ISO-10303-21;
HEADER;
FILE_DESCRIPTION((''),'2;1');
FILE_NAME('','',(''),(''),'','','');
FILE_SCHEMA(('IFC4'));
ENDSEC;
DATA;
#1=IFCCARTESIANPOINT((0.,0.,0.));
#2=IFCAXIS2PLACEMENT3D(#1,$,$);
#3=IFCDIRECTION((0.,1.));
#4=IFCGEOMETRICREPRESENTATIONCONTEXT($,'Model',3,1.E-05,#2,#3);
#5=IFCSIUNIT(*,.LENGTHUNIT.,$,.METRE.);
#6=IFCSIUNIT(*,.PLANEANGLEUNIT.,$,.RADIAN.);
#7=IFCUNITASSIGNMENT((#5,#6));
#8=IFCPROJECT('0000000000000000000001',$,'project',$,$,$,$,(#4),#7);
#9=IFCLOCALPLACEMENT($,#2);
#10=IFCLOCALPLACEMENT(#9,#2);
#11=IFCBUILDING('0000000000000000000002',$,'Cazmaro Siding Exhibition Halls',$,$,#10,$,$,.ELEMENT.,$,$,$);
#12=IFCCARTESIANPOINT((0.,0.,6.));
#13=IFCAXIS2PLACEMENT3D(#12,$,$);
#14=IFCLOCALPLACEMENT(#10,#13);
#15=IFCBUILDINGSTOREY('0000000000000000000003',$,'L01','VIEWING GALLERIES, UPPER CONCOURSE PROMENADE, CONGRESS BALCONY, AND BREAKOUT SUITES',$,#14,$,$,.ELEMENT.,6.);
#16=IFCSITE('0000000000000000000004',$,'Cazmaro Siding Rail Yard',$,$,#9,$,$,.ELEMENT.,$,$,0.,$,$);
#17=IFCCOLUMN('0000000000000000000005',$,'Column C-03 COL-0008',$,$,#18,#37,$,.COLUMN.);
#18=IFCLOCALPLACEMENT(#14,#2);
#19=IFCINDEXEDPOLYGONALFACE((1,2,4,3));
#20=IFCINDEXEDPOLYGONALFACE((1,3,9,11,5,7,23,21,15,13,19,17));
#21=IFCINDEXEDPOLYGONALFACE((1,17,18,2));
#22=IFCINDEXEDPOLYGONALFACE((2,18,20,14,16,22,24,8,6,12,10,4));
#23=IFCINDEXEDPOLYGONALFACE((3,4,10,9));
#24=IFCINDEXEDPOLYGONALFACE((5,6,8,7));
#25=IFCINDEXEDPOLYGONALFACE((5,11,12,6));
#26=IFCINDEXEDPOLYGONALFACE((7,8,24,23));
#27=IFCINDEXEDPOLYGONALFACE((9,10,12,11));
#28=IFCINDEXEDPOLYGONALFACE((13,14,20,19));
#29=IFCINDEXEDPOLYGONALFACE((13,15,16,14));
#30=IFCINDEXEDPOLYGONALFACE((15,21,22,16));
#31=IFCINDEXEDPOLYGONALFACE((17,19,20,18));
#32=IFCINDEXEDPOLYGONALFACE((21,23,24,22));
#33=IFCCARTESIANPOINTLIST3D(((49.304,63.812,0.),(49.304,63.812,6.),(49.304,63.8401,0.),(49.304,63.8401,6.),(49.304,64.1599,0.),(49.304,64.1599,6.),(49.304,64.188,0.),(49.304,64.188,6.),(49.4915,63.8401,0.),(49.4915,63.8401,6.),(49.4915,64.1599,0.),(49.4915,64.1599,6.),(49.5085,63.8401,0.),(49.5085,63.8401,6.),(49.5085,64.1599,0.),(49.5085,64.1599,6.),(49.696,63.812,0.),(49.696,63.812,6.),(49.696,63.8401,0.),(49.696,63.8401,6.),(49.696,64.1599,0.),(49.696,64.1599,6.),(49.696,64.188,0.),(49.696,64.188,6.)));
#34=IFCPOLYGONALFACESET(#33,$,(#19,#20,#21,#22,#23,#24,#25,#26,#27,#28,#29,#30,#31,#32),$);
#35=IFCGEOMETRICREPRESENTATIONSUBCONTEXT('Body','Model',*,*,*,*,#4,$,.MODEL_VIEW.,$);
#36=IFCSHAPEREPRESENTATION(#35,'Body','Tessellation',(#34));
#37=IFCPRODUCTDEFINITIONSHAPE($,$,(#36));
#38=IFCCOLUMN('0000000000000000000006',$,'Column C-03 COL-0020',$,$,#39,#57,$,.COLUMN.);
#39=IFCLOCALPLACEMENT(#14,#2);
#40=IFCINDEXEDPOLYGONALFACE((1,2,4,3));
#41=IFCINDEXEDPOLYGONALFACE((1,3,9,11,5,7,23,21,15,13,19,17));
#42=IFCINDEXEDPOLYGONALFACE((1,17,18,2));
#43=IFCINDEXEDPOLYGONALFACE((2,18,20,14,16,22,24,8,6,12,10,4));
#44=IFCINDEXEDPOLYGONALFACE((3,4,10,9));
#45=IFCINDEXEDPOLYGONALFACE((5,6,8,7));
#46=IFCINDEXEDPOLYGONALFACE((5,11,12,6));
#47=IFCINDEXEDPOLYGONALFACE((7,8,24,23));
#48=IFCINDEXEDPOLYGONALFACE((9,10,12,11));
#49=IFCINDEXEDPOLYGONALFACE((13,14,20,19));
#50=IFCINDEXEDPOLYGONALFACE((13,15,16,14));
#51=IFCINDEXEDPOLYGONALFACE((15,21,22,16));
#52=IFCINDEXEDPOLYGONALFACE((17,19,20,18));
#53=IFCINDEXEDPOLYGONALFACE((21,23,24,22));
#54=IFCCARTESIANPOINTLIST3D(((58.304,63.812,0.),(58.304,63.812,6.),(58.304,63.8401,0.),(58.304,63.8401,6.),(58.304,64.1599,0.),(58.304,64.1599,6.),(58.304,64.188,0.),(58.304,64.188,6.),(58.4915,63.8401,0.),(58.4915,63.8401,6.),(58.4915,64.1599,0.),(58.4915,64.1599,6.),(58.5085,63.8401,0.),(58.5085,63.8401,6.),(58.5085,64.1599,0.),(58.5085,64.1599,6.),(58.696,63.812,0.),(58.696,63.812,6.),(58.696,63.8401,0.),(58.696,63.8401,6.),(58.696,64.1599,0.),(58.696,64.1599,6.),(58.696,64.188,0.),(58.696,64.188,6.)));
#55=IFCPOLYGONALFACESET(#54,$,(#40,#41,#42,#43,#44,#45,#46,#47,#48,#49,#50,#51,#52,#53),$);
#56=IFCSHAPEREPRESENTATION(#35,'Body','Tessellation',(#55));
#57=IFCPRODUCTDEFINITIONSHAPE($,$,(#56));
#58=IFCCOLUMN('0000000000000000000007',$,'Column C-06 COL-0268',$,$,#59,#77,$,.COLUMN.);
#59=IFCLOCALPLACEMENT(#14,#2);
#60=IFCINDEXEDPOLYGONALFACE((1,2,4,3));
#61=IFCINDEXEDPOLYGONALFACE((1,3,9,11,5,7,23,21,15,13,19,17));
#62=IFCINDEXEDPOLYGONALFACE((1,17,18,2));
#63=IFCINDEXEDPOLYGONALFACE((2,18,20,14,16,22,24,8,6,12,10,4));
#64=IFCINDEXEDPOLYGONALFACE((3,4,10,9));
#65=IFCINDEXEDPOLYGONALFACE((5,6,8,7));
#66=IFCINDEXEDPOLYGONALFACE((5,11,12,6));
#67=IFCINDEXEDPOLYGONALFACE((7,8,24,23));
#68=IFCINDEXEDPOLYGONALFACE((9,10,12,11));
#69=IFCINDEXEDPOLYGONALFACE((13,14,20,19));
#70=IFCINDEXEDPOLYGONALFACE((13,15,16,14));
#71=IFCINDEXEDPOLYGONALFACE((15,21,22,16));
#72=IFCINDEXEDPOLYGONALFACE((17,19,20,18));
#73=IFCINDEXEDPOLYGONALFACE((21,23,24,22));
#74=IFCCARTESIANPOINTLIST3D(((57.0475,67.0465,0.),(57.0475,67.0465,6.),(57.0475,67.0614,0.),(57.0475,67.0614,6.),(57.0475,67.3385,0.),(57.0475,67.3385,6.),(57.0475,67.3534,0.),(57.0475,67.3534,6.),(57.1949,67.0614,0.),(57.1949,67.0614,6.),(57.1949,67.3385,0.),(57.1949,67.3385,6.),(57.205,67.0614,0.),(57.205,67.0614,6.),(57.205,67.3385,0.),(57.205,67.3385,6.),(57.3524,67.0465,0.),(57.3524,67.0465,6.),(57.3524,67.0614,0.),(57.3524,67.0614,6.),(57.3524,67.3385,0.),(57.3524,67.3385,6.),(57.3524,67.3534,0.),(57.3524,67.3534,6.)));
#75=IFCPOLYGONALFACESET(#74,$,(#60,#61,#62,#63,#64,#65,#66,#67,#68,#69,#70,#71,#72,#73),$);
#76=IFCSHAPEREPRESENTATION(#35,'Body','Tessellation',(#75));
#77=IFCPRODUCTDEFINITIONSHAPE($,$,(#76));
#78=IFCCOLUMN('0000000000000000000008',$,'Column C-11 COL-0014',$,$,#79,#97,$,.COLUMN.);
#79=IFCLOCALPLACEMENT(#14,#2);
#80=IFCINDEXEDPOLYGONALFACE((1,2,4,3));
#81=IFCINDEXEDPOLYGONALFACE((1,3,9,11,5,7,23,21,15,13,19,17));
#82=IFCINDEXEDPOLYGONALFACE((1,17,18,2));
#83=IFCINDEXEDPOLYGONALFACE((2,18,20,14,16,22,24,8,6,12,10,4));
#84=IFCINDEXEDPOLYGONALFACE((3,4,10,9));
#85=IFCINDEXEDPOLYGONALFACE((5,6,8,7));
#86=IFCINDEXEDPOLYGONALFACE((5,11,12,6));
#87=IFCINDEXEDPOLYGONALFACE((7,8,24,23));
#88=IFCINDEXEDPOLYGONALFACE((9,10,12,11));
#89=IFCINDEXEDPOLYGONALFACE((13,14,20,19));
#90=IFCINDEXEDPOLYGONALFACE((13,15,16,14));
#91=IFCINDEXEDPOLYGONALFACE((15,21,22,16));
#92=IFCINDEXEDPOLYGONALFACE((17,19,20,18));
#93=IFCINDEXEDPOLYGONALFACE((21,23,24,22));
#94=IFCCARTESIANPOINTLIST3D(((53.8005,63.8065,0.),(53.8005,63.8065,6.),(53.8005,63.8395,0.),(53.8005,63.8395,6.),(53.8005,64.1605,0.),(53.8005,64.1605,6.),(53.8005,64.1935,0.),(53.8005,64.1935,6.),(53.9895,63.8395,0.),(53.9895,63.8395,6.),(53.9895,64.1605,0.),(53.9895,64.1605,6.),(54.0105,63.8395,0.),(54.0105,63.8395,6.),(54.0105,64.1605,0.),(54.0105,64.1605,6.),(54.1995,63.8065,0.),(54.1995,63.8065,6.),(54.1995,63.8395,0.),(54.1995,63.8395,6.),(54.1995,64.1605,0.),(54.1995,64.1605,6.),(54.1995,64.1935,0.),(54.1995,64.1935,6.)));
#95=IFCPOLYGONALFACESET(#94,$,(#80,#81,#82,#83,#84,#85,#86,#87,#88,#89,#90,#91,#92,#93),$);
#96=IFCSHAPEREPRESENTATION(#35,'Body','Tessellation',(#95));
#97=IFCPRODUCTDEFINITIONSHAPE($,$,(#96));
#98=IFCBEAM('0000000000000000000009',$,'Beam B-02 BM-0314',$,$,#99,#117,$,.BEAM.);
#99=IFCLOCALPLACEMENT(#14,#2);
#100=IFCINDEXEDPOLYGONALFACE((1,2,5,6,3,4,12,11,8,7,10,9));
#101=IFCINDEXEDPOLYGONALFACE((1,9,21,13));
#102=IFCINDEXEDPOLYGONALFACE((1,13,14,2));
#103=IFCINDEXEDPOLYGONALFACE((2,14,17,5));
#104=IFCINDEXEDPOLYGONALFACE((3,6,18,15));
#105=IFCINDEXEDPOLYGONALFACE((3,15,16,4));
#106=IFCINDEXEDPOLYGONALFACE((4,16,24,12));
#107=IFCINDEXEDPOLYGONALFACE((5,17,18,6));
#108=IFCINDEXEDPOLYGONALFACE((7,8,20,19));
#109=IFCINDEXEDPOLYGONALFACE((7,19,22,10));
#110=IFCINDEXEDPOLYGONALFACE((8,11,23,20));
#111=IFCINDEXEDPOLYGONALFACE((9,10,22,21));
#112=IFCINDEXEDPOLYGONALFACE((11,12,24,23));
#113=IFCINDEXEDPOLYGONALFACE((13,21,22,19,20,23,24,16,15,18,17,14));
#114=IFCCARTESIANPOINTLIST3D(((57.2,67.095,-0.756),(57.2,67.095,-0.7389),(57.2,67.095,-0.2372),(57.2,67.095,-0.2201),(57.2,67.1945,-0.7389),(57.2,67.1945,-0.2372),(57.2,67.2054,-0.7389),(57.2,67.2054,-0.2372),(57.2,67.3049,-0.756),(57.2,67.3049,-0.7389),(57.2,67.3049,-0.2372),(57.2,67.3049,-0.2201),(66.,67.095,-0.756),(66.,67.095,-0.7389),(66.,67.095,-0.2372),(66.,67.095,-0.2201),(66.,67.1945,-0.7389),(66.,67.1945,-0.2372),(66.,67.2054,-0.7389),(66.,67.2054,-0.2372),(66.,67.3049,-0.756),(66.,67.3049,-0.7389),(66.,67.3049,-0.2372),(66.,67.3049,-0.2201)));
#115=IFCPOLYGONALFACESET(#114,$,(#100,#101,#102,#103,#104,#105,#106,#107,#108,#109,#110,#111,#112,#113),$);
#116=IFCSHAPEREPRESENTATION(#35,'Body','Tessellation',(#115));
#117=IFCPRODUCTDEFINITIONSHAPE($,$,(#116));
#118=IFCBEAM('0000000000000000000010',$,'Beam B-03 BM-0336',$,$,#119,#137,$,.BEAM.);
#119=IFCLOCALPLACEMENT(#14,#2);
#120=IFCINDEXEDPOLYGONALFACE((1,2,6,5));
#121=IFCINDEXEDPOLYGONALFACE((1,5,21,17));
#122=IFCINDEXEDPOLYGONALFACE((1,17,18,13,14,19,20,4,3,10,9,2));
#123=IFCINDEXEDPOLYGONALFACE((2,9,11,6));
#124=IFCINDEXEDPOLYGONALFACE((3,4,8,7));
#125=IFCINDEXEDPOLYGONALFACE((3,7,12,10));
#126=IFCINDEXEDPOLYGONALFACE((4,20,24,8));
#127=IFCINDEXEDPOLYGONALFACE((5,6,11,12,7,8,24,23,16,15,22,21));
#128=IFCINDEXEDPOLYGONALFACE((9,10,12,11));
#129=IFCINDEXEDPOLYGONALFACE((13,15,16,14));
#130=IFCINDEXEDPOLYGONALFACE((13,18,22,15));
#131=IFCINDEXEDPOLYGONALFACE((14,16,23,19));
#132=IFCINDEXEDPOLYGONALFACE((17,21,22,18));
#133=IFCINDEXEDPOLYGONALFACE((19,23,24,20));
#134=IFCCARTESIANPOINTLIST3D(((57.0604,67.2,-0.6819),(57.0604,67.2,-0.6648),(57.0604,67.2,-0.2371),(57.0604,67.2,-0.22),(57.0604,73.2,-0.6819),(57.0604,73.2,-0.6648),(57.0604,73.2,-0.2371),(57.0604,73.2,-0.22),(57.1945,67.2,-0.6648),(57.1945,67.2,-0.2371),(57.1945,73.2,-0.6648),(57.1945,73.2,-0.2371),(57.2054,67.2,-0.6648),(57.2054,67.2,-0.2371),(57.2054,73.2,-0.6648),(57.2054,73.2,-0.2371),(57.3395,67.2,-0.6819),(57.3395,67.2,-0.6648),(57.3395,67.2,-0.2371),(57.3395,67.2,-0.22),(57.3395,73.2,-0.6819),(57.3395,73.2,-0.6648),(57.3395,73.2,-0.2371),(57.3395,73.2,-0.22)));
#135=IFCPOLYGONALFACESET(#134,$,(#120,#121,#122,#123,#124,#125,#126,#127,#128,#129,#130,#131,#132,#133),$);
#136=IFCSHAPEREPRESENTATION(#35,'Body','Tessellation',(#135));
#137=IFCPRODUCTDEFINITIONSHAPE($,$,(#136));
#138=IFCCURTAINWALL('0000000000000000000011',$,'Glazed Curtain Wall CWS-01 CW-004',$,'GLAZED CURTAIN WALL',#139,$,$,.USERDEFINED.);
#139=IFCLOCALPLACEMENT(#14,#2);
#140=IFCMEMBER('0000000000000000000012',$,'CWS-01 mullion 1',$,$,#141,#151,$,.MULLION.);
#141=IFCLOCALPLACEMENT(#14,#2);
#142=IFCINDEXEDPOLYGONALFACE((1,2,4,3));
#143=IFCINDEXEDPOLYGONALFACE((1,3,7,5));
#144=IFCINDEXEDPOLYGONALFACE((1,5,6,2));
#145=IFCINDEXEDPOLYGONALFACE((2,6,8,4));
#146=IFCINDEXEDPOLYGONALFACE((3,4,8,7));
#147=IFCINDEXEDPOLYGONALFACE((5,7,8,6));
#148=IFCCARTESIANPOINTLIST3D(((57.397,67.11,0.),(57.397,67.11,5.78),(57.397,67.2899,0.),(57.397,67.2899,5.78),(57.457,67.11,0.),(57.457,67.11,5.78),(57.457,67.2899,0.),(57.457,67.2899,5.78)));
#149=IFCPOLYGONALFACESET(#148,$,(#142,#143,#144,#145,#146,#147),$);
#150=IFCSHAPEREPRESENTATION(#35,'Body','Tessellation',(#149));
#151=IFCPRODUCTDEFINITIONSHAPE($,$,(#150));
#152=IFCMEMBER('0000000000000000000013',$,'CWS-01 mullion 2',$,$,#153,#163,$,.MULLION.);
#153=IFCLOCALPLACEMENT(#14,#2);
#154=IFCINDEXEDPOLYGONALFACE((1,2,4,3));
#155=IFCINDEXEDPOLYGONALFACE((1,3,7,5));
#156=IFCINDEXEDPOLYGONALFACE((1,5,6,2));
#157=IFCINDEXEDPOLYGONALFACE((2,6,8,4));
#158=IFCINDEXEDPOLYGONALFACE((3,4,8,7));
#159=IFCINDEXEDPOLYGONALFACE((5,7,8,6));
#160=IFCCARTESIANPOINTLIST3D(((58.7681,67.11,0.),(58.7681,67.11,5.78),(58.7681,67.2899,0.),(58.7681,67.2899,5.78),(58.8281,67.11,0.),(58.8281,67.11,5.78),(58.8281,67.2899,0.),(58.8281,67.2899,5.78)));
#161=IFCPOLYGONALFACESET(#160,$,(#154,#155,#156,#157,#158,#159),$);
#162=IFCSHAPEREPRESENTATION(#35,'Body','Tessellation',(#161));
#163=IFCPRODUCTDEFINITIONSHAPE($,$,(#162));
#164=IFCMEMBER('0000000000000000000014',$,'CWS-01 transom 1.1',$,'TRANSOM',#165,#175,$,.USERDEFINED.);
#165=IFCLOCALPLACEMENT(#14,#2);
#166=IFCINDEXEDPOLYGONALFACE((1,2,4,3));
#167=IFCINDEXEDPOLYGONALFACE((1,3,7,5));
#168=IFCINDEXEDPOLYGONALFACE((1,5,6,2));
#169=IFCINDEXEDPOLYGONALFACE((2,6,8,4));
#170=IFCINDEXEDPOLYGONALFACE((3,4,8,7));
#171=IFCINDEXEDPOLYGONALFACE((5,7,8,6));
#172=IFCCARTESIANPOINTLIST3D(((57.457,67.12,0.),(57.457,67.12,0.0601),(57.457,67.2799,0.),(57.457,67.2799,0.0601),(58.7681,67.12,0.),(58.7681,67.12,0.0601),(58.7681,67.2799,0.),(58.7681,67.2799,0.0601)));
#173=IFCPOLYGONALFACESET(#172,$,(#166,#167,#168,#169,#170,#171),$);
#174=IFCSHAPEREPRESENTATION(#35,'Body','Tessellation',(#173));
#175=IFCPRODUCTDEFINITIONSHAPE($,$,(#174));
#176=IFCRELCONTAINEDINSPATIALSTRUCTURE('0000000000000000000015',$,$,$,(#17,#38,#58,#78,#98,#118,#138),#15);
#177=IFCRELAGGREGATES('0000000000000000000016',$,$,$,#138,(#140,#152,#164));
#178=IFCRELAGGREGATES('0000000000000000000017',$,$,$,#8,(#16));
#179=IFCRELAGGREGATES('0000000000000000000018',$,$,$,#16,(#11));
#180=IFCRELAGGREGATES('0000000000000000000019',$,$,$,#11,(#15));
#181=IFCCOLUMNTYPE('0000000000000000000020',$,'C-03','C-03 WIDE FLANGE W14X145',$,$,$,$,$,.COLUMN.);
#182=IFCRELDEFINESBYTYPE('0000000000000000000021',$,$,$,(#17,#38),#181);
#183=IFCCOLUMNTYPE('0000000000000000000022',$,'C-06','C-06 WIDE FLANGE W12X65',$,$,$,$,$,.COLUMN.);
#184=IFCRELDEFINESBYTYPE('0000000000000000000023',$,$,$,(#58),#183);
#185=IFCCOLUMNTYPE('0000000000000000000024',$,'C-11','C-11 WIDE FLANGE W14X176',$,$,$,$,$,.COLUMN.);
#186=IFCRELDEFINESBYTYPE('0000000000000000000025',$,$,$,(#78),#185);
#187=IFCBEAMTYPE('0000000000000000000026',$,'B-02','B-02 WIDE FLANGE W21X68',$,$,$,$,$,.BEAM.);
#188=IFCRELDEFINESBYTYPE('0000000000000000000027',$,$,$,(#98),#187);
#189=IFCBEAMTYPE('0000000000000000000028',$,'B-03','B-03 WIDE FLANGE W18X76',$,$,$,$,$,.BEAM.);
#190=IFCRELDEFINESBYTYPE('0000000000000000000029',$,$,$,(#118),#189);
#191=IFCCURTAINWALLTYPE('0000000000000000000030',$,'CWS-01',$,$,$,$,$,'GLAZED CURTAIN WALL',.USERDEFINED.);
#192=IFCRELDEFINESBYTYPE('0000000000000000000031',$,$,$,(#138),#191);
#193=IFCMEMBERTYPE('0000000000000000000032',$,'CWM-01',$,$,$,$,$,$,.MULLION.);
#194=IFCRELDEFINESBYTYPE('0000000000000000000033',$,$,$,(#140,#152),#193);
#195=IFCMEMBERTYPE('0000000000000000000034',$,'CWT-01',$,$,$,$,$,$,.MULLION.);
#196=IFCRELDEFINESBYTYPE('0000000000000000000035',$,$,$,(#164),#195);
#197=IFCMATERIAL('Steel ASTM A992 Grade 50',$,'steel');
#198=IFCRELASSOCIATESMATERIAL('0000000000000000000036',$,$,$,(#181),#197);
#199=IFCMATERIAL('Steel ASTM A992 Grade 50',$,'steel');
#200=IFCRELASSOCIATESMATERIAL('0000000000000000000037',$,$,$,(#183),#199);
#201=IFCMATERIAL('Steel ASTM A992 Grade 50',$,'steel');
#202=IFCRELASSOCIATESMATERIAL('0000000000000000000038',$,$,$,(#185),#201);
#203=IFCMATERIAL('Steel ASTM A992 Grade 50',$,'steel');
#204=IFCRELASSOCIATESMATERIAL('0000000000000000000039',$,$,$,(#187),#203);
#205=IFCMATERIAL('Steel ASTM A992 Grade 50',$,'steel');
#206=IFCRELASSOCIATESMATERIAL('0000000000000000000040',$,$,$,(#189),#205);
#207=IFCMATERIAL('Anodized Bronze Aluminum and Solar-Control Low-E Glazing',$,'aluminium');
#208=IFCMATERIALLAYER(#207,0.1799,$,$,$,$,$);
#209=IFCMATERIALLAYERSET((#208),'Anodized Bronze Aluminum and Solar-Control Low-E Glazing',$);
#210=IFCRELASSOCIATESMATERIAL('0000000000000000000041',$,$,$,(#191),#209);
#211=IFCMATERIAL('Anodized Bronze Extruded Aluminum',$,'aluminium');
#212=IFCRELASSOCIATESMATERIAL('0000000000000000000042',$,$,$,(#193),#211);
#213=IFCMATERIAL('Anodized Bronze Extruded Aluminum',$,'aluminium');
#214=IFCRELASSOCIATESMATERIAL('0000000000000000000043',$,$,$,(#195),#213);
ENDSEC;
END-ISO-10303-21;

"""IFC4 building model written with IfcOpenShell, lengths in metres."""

from ifc_helpers import new_model, si_unit, direction, frame, origin, origin_2d, place, context, subcontext, project, spatial, rectangle, i_section, extrude, material, layer, layer_set, material_profile, profile_set, type_object, element, aggregate, save


model = new_model("IFC4")

# Units and contexts
model_context = context("Model", 3, precision=1e-05, world=origin(), true_north=direction((0.0, 1.0)))
body_context = subcontext(model_context, "Body", "Model", "MODEL_VIEW")
ifc_project = project(units=[si_unit("LENGTHUNIT", "METRE"), si_unit("PLANEANGLEUNIT", "RADIAN")], contexts=[model_context])

# Site, building, storey
site_placement = place(None, origin())
site = spatial("IfcSite", under=ifc_project, at=site_placement, Name="Cazmaro Siding Rail Yard", CompositionType="ELEMENT", RefElevation=0.0)
building_placement = place(site_placement, origin())
building = spatial("IfcBuilding", under=site, at=building_placement, Name="Cazmaro Siding Exhibition Halls", CompositionType="ELEMENT")
storey_placement = place(building_placement, frame((0.0, 0.0, 6.0)))
storey = spatial("IfcBuildingStorey", under=building, at=storey_placement, Name="L01", Description="VIEWING GALLERIES, UPPER CONCOURSE PROMENADE, CONGRESS BALCONY, AND BREAKOUT SUITES", CompositionType="ELEMENT", Elevation=6.0)

# Columns
ifc_material_1 = material(Name="Steel ASTM A992 Grade 50", Category="steel")
ifc_material_profile_1 = material_profile(ifc_material_1, i_section(OverallWidth=0.3921, OverallDepth=0.376, WebThickness=0.0171, FlangeThickness=0.0281, at=origin_2d()), Name="W14X145")
ifc_profile_set_1 = profile_set([ifc_material_profile_1], Name="Steel ASTM A992 Grade 50")
column_type_1 = type_object("IfcColumnType", Name="C-03", Description="C-03 WIDE FLANGE W14X145", PredefinedType="COLUMN", material=ifc_profile_set_1)
for number, where, z_axis, x_axis, name in (
    (1, (49.5, 64.0, 0.0), (0.0, 0.0, 1.0), (1.0, 0.0, 0.0), "Column C-03 COL-0008"),
    (2, (58.5, 64.0, 0.0), (0.0, 0.0, 1.0), (1.0, 0.0, 0.0), "Column C-03 COL-0020"),
):
    element("IfcColumn", number, at=place(storey_placement, frame(where, z_axis=z_axis, x_axis=x_axis)), inside=storey, type_object=column_type_1, Name=name, PredefinedType="COLUMN", context=body_context, shape_type="SweptSolid", body=[
        extrude(i_section(OverallWidth=0.3921, OverallDepth=0.376, WebThickness=0.0171, FlangeThickness=0.0281, at=origin_2d()), origin(), (0.0, 0.0, 1.0), 6.0),
    ])
ifc_material_2 = material(Name="Steel ASTM A992 Grade 50", Category="steel")
ifc_material_profile_2 = material_profile(ifc_material_2, i_section(OverallWidth=0.3049, OverallDepth=0.3069, WebThickness=0.01, FlangeThickness=0.0149, at=origin_2d()), Name="W12X65")
ifc_profile_set_2 = profile_set([ifc_material_profile_2], Name="Steel ASTM A992 Grade 50")
column_type_2 = type_object("IfcColumnType", Name="C-06", Description="C-06 WIDE FLANGE W12X65", PredefinedType="COLUMN", material=ifc_profile_set_2)
column_1_placement = place(storey_placement, frame((57.2, 67.2, 0.0), z_axis=(0.0, 0.0, 1.0), x_axis=(1.0, 0.0, 0.0)))
element("IfcColumn", 3, at=column_1_placement, inside=storey, type_object=column_type_2, Name="Column C-06 COL-0268", PredefinedType="COLUMN", context=body_context, shape_type="SweptSolid", body=[
    extrude(i_section(OverallWidth=0.3049, OverallDepth=0.3069, WebThickness=0.01, FlangeThickness=0.0149, at=origin_2d()), origin(), (0.0, 0.0, 1.0), 6.0),
])
ifc_material_3 = material(Name="Steel ASTM A992 Grade 50", Category="steel")
ifc_material_profile_3 = material_profile(ifc_material_3, i_section(OverallWidth=0.3989, OverallDepth=0.387, WebThickness=0.021, FlangeThickness=0.033, at=origin_2d()), Name="W14X176")
ifc_profile_set_3 = profile_set([ifc_material_profile_3], Name="Steel ASTM A992 Grade 50")
column_type_3 = type_object("IfcColumnType", Name="C-11", Description="C-11 WIDE FLANGE W14X176", PredefinedType="COLUMN", material=ifc_profile_set_3)
column_2_placement = place(storey_placement, frame((54.0, 64.0, 0.0), z_axis=(0.0, 0.0, 1.0), x_axis=(1.0, 0.0, 0.0)))
element("IfcColumn", 4, at=column_2_placement, inside=storey, type_object=column_type_3, Name="Column C-11 COL-0014", PredefinedType="COLUMN", context=body_context, shape_type="SweptSolid", body=[
    extrude(i_section(OverallWidth=0.3989, OverallDepth=0.387, WebThickness=0.021, FlangeThickness=0.033, at=origin_2d()), origin(), (0.0, 0.0, 1.0), 6.0),
])

# Beams
ifc_material_4 = material(Name="Steel ASTM A992 Grade 50", Category="steel")
ifc_material_profile_4 = material_profile(ifc_material_4, i_section(OverallWidth=0.21, OverallDepth=0.5359, WebThickness=0.011, FlangeThickness=0.0171, at=origin_2d()), Name="W21X68")
ifc_profile_set_4 = profile_set([ifc_material_profile_4], Name="Steel ASTM A992 Grade 50")
beam_type_1 = type_object("IfcBeamType", Name="B-02", Description="B-02 WIDE FLANGE W21X68", PredefinedType="BEAM", material=ifc_profile_set_4)
beam_1_placement = place(storey_placement, frame((57.2, 67.2, -0.488), z_axis=(1.0, 0.0, 0.0), x_axis=(0.0, 1.0, 0.0)))
element("IfcBeam", 5, at=beam_1_placement, inside=storey, type_object=beam_type_1, Name="Beam B-02 BM-0314", PredefinedType="BEAM", context=body_context, shape_type="SweptSolid", body=[
    extrude(i_section(OverallWidth=0.21, OverallDepth=0.5359, WebThickness=0.011, FlangeThickness=0.0171, at=origin_2d()), origin(), (0.0, 0.0, 1.0), 8.8),
])
ifc_material_5 = material(Name="Steel ASTM A992 Grade 50", Category="steel")
ifc_material_profile_5 = material_profile(ifc_material_5, i_section(OverallWidth=0.2791, OverallDepth=0.4619, WebThickness=0.011, FlangeThickness=0.0171, at=origin_2d()), Name="W18X76")
ifc_profile_set_5 = profile_set([ifc_material_profile_5], Name="Steel ASTM A992 Grade 50")
beam_type_2 = type_object("IfcBeamType", Name="B-03", Description="B-03 WIDE FLANGE W18X76", PredefinedType="BEAM", material=ifc_profile_set_5)
beam_2_placement = place(storey_placement, frame((57.2, 67.2, -0.4509), z_axis=(0.0, 1.0, 0.0), x_axis=(-1.0, 0.0, 0.0)))
element("IfcBeam", 6, at=beam_2_placement, inside=storey, type_object=beam_type_2, Name="Beam B-03 BM-0336", PredefinedType="BEAM", context=body_context, shape_type="SweptSolid", body=[
    extrude(i_section(OverallWidth=0.2791, OverallDepth=0.4619, WebThickness=0.011, FlangeThickness=0.0171, at=origin_2d()), origin(), (0.0, 0.0, 1.0), 6.0),
])

# Curtain wall, members
ifc_material_6 = material(Name="Anodized Bronze Aluminum and Solar-Control Low-E Glazing", Category="aluminium")
ifc_layer_1 = layer(ifc_material_6, 0.1799)
ifc_layer_set_1 = layer_set([ifc_layer_1], Name="Anodized Bronze Aluminum and Solar-Control Low-E Glazing")
curtain_wall_type = type_object("IfcCurtainWallType", Name="CWS-01", ElementType="GLAZED CURTAIN WALL", PredefinedType="USERDEFINED", material=ifc_layer_set_1)
curtain_wall_placement = place(storey_placement, origin())
curtain_wall = element("IfcCurtainWall", 7, at=curtain_wall_placement, inside=storey, type_object=curtain_wall_type, Name="Glazed Curtain Wall CWS-01 CW-004", ObjectType="GLAZED CURTAIN WALL", PredefinedType="USERDEFINED")
ifc_material_7 = material(Name="Anodized Bronze Extruded Aluminum", Category="aluminium")
ifc_material_profile_6 = material_profile(ifc_material_7, rectangle(XDim=0.1799, YDim=0.0601, at=origin_2d()), Name="CWM-01")
ifc_profile_set_6 = profile_set([ifc_material_profile_6], Name="Anodized Bronze Extruded Aluminum")
member_type_1 = type_object("IfcMemberType", Name="CWM-01", PredefinedType="MULLION", material=ifc_profile_set_6)
member_1_placement = place(storey_placement, frame((57.427, 67.2, 0.0), z_axis=(0.0, 0.0, 1.0), x_axis=(0.0, 1.0, 0.0)))
member_1 = element("IfcMember", 8, at=member_1_placement, type_object=member_type_1, Name="CWS-01 mullion 1", PredefinedType="MULLION", context=body_context, shape_type="SweptSolid", body=[
    extrude(rectangle(XDim=0.1799, YDim=0.0601, at=origin_2d()), origin(), (0.0, 0.0, 1.0), 5.78),
])
member_2_placement = place(storey_placement, frame((58.7981, 67.2, 0.0), z_axis=(0.0, 0.0, 1.0), x_axis=(0.0, 1.0, 0.0)))
member_2 = element("IfcMember", 9, at=member_2_placement, type_object=member_type_1, Name="CWS-01 mullion 2", PredefinedType="MULLION", context=body_context, shape_type="SweptSolid", body=[
    extrude(rectangle(XDim=0.1799, YDim=0.0601, at=origin_2d()), origin(), (0.0, 0.0, 1.0), 5.78),
])
ifc_material_8 = material(Name="Anodized Bronze Extruded Aluminum", Category="aluminium")
ifc_material_profile_7 = material_profile(ifc_material_8, rectangle(XDim=0.1599, YDim=0.0601, at=origin_2d()), Name="CWT-01")
ifc_profile_set_7 = profile_set([ifc_material_profile_7], Name="Anodized Bronze Extruded Aluminum")
member_type_2 = type_object("IfcMemberType", Name="CWT-01", PredefinedType="MULLION", material=ifc_profile_set_7)
member_3_placement = place(storey_placement, frame((57.457, 67.2, 0.03), z_axis=(1.0, 0.0, 0.0), x_axis=(0.0, 1.0, 0.0)))
member_3 = element("IfcMember", 10, at=member_3_placement, type_object=member_type_2, Name="CWS-01 transom 1.1", ObjectType="TRANSOM", PredefinedType="USERDEFINED", context=body_context, shape_type="SweptSolid", body=[
    extrude(rectangle(XDim=0.1599, YDim=0.0601, at=origin_2d()), origin(), (0.0, 0.0, 1.0), 1.311),
])

aggregate(curtain_wall, [member_1, member_2, member_3])

save(model, "model.ifc")
